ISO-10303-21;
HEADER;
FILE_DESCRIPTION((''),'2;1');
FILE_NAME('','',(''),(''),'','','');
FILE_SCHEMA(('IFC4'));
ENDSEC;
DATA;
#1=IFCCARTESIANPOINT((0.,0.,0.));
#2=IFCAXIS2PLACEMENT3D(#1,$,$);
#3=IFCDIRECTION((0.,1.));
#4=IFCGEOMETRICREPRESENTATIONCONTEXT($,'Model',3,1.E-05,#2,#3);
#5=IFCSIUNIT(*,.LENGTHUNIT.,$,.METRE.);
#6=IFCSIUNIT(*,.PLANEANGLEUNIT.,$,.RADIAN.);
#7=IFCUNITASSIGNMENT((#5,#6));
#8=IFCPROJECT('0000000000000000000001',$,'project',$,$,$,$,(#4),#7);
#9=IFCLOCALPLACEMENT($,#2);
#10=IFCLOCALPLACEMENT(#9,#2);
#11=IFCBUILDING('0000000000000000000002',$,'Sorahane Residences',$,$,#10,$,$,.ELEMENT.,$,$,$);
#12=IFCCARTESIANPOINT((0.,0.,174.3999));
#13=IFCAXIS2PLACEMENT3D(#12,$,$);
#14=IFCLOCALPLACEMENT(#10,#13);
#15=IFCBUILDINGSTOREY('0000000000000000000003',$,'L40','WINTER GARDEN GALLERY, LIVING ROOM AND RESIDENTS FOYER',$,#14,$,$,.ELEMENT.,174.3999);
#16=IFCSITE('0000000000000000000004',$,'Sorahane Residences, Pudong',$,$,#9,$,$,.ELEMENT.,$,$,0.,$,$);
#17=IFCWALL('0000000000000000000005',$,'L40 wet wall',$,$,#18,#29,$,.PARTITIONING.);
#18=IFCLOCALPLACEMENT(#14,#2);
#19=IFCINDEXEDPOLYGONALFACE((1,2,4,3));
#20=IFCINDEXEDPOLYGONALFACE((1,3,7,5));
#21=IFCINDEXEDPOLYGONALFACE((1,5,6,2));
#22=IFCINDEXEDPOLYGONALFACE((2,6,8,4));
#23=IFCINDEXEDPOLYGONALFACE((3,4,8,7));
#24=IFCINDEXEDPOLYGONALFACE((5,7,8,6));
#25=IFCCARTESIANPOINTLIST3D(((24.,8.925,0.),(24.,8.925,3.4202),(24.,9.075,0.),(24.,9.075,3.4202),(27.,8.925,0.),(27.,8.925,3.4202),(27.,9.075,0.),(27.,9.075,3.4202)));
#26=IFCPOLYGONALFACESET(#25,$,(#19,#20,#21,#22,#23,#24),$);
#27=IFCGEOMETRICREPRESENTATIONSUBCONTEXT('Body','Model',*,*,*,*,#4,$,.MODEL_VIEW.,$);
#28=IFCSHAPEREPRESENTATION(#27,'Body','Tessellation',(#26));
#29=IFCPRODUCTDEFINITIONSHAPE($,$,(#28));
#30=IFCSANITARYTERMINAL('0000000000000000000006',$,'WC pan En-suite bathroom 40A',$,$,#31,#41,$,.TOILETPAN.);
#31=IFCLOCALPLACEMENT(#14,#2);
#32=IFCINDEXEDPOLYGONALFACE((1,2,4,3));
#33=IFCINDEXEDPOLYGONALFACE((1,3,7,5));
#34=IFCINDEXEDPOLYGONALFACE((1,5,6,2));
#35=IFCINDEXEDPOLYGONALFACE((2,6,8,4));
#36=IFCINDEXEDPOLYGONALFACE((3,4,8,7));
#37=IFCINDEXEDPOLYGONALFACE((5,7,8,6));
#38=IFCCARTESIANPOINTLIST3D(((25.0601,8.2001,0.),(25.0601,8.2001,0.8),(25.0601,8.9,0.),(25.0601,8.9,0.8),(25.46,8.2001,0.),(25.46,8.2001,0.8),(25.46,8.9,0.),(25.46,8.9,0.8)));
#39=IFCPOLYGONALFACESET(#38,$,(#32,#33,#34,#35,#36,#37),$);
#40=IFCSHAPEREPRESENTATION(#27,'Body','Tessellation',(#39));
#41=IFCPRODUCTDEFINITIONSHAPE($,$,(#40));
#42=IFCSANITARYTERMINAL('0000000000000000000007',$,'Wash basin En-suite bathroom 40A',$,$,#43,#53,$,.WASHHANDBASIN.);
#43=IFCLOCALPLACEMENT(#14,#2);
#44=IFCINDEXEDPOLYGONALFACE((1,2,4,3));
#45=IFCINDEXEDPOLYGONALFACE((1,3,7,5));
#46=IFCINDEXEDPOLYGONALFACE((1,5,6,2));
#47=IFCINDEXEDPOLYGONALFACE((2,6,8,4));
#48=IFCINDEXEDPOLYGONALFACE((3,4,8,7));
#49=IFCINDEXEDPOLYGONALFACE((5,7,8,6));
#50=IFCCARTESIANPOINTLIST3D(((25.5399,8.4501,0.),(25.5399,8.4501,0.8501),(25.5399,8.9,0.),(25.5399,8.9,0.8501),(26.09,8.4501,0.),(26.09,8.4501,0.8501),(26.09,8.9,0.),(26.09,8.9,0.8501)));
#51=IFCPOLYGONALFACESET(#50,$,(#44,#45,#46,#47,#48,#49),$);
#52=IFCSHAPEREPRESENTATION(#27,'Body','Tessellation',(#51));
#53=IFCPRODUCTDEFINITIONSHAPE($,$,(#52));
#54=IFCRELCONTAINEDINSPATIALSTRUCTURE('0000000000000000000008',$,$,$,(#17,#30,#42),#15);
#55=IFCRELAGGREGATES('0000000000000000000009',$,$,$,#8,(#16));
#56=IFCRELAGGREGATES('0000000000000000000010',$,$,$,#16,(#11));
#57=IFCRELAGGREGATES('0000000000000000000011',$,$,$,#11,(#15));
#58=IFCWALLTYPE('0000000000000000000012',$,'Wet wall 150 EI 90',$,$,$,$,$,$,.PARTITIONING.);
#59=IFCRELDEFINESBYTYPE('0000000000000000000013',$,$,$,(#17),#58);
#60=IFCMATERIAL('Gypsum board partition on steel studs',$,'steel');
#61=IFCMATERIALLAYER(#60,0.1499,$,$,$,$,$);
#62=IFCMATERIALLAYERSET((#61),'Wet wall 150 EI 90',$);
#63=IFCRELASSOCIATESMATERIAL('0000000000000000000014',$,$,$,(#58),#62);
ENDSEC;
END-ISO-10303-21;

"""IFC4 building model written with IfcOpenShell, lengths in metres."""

from ifc_helpers import new_model, si_unit, direction, frame, frame_2d, origin, origin_2d, place, context, subcontext, project, spatial, rectangle, extrude, material, layer, layer_set, type_object, element, save


model = new_model("IFC4")

# Units and contexts
model_context = context("Model", 3, precision=1e-05, world=origin(), true_north=direction((0.0, 1.0)))
body_context = subcontext(model_context, "Body", "Model", "MODEL_VIEW")
ifc_project = project(units=[si_unit("LENGTHUNIT", "METRE"), si_unit("PLANEANGLEUNIT", "RADIAN")], contexts=[model_context])

# Site, building, storey
site_placement = place(None, origin())
site = spatial("IfcSite", under=ifc_project, at=site_placement, Name="Sorahane Residences, Pudong", CompositionType="ELEMENT", RefElevation=0.0)
building_placement = place(site_placement, origin())
building = spatial("IfcBuilding", under=site, at=building_placement, Name="Sorahane Residences", CompositionType="ELEMENT")
storey_placement = place(building_placement, frame((0.0, 0.0, 174.3999)))
storey = spatial("IfcBuildingStorey", under=building, at=storey_placement, Name="L40", Description="WINTER GARDEN GALLERY, LIVING ROOM AND RESIDENTS FOYER", CompositionType="ELEMENT", Elevation=174.3999)

# Wall
ifc_material_1 = material(Name="Gypsum board partition on steel studs", Category="steel")
ifc_layer_1 = layer(ifc_material_1, 0.1499)
ifc_layer_set_1 = layer_set([ifc_layer_1], Name="Wet wall 150 EI 90")
wall_type_1 = type_object("IfcWallType", Name="Wet wall 150 EI 90", PredefinedType="PARTITIONING", material=ifc_layer_set_1)
wall_1_placement = place(storey_placement, frame((24.0, 9.0, 0.0), z_axis=(0.0, 0.0, 1.0), x_axis=(1.0, 0.0, 0.0)))
element("IfcWall", 1, at=wall_1_placement, inside=storey, type_object=wall_type_1, Name="L40 wet wall", PredefinedType="PARTITIONING", context=body_context, shape_type="SweptSolid", body=[
    extrude(rectangle(XDim=3.0, YDim=0.1499, at=frame_2d((1.5, 0.0))), origin(), (0.0, 0.0, 1.0), 3.4202),
])

# Sanitary terminals
sanitary_terminal_1_placement = place(storey_placement, frame((25.26, 8.55, 0.0), z_axis=(0.0, 0.0, 1.0), x_axis=(1.0, 0.0, 0.0)))
element("IfcSanitaryTerminal", 2, at=sanitary_terminal_1_placement, inside=storey, Name="WC pan En-suite bathroom 40A", PredefinedType="TOILETPAN", context=body_context, shape_type="SweptSolid", body=[
    extrude(rectangle(XDim=0.3999, YDim=0.7, at=origin_2d()), origin(), (0.0, 0.0, 1.0), 0.8),
])
sanitary_terminal_2_placement = place(storey_placement, frame((25.8149, 8.675, 0.0), z_axis=(0.0, 0.0, 1.0), x_axis=(1.0, 0.0, 0.0)))
element("IfcSanitaryTerminal", 3, at=sanitary_terminal_2_placement, inside=storey, Name="Wash basin En-suite bathroom 40A", PredefinedType="WASHHANDBASIN", context=body_context, shape_type="SweptSolid", body=[
    extrude(rectangle(XDim=0.55, YDim=0.45, at=origin_2d()), origin(), (0.0, 0.0, 1.0), 0.8501),
])

save(model, "model.ifc")
